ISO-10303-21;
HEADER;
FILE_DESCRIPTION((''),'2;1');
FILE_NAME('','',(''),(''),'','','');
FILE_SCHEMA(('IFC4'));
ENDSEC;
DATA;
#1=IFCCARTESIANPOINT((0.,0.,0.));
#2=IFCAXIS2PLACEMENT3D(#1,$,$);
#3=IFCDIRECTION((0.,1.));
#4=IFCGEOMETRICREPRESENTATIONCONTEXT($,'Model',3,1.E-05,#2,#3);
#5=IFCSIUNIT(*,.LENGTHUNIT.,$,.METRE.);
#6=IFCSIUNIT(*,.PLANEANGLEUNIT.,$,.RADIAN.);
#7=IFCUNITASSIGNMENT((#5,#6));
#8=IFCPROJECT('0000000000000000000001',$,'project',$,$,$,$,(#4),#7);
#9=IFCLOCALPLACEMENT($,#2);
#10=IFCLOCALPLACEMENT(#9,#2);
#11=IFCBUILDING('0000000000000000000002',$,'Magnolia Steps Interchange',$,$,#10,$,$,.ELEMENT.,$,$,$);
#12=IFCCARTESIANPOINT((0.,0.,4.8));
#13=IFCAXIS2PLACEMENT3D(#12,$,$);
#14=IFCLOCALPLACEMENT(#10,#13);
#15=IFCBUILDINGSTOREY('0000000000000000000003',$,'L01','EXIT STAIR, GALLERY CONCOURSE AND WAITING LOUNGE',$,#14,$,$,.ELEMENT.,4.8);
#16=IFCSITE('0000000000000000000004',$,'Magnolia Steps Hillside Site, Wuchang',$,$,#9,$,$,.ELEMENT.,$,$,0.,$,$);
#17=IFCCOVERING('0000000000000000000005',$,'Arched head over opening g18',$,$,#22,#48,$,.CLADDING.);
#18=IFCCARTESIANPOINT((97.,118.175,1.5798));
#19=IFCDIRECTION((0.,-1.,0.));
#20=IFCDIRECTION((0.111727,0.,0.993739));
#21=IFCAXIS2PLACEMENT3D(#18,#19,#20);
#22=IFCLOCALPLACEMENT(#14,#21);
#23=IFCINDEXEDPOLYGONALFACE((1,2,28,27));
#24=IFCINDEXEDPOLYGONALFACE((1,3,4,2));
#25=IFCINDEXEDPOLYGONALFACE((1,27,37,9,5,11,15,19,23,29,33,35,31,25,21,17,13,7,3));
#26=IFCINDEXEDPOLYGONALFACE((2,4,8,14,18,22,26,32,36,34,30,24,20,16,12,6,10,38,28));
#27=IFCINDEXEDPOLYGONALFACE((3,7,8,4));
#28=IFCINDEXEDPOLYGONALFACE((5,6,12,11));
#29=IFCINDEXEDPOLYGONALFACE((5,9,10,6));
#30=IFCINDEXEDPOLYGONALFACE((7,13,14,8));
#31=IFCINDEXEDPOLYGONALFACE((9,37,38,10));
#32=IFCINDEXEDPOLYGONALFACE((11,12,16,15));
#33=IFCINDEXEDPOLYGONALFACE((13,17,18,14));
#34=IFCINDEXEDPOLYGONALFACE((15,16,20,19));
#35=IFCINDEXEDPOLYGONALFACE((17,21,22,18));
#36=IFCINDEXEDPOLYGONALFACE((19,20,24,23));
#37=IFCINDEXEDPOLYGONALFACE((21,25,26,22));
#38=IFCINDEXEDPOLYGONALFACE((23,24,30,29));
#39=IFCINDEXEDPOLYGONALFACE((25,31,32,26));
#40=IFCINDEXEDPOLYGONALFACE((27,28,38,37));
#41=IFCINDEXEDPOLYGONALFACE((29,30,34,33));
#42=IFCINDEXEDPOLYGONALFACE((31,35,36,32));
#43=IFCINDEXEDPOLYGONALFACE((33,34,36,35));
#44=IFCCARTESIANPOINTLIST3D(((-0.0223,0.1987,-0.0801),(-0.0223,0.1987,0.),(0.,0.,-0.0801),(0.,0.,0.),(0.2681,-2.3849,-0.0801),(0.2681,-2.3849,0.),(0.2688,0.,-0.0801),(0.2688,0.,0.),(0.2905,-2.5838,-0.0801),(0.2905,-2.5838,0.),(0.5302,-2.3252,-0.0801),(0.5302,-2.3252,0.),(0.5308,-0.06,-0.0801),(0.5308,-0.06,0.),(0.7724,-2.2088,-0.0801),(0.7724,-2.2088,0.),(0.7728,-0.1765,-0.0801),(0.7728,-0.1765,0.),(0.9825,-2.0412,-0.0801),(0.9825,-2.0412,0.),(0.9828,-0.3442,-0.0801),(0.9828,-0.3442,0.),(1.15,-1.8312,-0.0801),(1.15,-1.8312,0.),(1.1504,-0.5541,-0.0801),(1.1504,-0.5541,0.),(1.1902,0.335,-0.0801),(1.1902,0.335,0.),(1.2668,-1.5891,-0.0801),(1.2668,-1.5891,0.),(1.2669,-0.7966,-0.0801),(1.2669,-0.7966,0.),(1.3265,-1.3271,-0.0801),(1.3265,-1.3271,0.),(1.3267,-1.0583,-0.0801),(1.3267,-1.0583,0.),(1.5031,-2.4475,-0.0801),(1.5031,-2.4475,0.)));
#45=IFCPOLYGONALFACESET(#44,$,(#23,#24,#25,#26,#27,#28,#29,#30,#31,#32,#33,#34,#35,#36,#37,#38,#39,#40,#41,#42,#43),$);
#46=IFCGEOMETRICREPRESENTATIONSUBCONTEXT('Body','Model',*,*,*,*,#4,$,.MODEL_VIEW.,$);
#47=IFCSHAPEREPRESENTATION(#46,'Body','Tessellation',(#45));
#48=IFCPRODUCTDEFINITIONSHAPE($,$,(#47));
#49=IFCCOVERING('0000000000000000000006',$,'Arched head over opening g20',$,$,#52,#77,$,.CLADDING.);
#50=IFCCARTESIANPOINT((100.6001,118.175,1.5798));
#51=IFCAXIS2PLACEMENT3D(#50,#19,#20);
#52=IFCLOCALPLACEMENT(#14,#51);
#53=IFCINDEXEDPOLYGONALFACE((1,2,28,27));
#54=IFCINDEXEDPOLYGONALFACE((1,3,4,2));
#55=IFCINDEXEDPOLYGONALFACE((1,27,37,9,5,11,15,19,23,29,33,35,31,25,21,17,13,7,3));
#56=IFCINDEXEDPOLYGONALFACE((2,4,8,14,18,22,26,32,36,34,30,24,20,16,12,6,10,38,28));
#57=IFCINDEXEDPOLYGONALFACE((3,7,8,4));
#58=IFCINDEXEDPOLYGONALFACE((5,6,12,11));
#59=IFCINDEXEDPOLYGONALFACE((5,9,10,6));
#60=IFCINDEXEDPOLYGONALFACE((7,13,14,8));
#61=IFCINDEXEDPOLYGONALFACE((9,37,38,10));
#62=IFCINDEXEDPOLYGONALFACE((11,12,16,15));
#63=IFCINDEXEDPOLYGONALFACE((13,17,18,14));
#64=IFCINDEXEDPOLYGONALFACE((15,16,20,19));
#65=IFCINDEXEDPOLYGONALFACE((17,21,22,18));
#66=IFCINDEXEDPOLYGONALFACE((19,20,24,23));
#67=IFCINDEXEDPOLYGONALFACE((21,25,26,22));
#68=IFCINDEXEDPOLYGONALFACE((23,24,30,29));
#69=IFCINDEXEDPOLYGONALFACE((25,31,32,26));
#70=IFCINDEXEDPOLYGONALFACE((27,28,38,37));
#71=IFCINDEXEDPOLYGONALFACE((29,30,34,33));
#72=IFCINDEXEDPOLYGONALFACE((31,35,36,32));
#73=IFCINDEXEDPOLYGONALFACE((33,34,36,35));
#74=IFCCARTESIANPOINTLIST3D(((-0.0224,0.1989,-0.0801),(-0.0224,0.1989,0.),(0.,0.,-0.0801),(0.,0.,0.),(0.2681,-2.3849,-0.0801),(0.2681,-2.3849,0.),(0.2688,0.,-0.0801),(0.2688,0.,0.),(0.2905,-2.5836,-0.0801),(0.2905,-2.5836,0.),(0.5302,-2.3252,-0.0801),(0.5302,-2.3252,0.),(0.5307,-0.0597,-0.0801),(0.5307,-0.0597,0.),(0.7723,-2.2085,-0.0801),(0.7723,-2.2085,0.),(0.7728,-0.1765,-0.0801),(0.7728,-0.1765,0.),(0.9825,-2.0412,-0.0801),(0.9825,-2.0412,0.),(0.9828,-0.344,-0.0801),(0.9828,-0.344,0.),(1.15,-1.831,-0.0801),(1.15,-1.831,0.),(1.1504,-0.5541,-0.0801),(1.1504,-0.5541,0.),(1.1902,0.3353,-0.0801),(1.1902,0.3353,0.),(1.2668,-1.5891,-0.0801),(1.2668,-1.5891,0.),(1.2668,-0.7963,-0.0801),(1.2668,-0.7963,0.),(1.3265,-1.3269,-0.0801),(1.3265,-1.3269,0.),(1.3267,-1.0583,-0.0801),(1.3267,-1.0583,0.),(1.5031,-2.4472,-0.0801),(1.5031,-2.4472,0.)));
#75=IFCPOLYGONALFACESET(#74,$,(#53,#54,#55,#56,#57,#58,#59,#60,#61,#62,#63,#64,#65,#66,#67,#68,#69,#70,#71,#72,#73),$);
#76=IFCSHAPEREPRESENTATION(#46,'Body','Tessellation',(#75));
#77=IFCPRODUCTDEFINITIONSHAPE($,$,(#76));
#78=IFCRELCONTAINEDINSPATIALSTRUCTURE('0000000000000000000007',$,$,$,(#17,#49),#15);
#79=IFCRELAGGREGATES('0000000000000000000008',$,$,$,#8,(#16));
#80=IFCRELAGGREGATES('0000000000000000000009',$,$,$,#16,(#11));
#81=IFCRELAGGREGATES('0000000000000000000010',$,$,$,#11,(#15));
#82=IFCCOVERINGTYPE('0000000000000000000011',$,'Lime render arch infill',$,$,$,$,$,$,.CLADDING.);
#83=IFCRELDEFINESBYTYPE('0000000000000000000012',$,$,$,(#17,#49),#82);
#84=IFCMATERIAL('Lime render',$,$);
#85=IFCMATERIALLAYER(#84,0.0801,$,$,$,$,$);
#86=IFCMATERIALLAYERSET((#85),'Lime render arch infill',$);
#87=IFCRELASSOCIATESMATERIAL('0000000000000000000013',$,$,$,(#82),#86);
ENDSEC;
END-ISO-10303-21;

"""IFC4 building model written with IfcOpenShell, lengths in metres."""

from ifc_helpers import new_model, si_unit, direction, frame, origin, place, context, subcontext, project, spatial, polyline, outline, extrude, material, layer, layer_set, type_object, element, save


model = new_model("IFC4")

# Units and contexts
model_context = context("Model", 3, precision=1e-05, world=origin(), true_north=direction((0.0, 1.0)))
body_context = subcontext(model_context, "Body", "Model", "MODEL_VIEW")
ifc_project = project(units=[si_unit("LENGTHUNIT", "METRE"), si_unit("PLANEANGLEUNIT", "RADIAN")], contexts=[model_context])

# Site, building, storey
site_placement = place(None, origin())
site = spatial("IfcSite", under=ifc_project, at=site_placement, Name="Magnolia Steps Hillside Site, Wuchang", CompositionType="ELEMENT", RefElevation=0.0)
building_placement = place(site_placement, origin())
building = spatial("IfcBuilding", under=site, at=building_placement, Name="Magnolia Steps Interchange", CompositionType="ELEMENT")
storey_placement = place(building_placement, frame((0.0, 0.0, 4.8)))
storey = spatial("IfcBuildingStorey", under=building, at=storey_placement, Name="L01", Description="EXIT STAIR, GALLERY CONCOURSE AND WAITING LOUNGE", CompositionType="ELEMENT", Elevation=4.8)

# Coverings
ifc_material_1 = material(Name="Lime render")
ifc_layer_1 = layer(ifc_material_1, 0.0801)
ifc_layer_set_1 = layer_set([ifc_layer_1], Name="Lime render arch infill")
covering_type_1 = type_object("IfcCoveringType", Name="Lime render arch infill", PredefinedType="CLADDING", material=ifc_layer_set_1)
covering_1_placement = place(storey_placement, frame((97.0, 118.175, 1.5798), z_axis=(0.0, -1.0, 0.0), x_axis=(0.111727, 0.0, 0.993739)))
element("IfcCovering", 1, at=covering_1_placement, inside=storey, type_object=covering_type_1, Name="Arched head over opening g18", PredefinedType="CLADDING", context=body_context, shape_type="SweptSolid", body=[
    extrude(outline(polyline([(0.0, 0.0), (0.2688, 0.0), (0.5308, -0.06), (0.7728, -0.1765), (0.9828, -0.3442), (1.1504, -0.5541), (1.2669, -0.7966), (1.3267, -1.0583), (1.3265, -1.3271), (1.2668, -1.5891), (1.15, -1.8312), (0.9825, -2.0412), (0.7724, -2.2088), (0.5302, -2.3252), (0.2681, -2.3849), (0.2905, -2.5838), (1.5031, -2.4475), (1.1902, 0.335), (-0.0223, 0.1987), (0.0, 0.0)])), origin(), (0.0, 0.0, -1.0), 0.0801),
])
covering_2_placement = place(storey_placement, frame((100.6001, 118.175, 1.5798), z_axis=(0.0, -1.0, 0.0), x_axis=(0.111727, 0.0, 0.993739)))
element("IfcCovering", 2, at=covering_2_placement, inside=storey, type_object=covering_type_1, Name="Arched head over opening g20", PredefinedType="CLADDING", context=body_context, shape_type="SweptSolid", body=[
    extrude(outline(polyline([(0.0, 0.0), (0.2688, 0.0), (0.5307, -0.0597), (0.7728, -0.1765), (0.9828, -0.344), (1.1504, -0.5541), (1.2668, -0.7963), (1.3267, -1.0583), (1.3265, -1.3269), (1.2668, -1.5891), (1.15, -1.831), (0.9825, -2.0412), (0.7723, -2.2085), (0.5302, -2.3252), (0.2681, -2.3849), (0.2905, -2.5836), (1.5031, -2.4472), (1.1902, 0.3353), (-0.0224, 0.1989), (0.0, 0.0)])), origin(), (0.0, 0.0, -1.0), 0.0801),
])

save(model, "model.ifc")
